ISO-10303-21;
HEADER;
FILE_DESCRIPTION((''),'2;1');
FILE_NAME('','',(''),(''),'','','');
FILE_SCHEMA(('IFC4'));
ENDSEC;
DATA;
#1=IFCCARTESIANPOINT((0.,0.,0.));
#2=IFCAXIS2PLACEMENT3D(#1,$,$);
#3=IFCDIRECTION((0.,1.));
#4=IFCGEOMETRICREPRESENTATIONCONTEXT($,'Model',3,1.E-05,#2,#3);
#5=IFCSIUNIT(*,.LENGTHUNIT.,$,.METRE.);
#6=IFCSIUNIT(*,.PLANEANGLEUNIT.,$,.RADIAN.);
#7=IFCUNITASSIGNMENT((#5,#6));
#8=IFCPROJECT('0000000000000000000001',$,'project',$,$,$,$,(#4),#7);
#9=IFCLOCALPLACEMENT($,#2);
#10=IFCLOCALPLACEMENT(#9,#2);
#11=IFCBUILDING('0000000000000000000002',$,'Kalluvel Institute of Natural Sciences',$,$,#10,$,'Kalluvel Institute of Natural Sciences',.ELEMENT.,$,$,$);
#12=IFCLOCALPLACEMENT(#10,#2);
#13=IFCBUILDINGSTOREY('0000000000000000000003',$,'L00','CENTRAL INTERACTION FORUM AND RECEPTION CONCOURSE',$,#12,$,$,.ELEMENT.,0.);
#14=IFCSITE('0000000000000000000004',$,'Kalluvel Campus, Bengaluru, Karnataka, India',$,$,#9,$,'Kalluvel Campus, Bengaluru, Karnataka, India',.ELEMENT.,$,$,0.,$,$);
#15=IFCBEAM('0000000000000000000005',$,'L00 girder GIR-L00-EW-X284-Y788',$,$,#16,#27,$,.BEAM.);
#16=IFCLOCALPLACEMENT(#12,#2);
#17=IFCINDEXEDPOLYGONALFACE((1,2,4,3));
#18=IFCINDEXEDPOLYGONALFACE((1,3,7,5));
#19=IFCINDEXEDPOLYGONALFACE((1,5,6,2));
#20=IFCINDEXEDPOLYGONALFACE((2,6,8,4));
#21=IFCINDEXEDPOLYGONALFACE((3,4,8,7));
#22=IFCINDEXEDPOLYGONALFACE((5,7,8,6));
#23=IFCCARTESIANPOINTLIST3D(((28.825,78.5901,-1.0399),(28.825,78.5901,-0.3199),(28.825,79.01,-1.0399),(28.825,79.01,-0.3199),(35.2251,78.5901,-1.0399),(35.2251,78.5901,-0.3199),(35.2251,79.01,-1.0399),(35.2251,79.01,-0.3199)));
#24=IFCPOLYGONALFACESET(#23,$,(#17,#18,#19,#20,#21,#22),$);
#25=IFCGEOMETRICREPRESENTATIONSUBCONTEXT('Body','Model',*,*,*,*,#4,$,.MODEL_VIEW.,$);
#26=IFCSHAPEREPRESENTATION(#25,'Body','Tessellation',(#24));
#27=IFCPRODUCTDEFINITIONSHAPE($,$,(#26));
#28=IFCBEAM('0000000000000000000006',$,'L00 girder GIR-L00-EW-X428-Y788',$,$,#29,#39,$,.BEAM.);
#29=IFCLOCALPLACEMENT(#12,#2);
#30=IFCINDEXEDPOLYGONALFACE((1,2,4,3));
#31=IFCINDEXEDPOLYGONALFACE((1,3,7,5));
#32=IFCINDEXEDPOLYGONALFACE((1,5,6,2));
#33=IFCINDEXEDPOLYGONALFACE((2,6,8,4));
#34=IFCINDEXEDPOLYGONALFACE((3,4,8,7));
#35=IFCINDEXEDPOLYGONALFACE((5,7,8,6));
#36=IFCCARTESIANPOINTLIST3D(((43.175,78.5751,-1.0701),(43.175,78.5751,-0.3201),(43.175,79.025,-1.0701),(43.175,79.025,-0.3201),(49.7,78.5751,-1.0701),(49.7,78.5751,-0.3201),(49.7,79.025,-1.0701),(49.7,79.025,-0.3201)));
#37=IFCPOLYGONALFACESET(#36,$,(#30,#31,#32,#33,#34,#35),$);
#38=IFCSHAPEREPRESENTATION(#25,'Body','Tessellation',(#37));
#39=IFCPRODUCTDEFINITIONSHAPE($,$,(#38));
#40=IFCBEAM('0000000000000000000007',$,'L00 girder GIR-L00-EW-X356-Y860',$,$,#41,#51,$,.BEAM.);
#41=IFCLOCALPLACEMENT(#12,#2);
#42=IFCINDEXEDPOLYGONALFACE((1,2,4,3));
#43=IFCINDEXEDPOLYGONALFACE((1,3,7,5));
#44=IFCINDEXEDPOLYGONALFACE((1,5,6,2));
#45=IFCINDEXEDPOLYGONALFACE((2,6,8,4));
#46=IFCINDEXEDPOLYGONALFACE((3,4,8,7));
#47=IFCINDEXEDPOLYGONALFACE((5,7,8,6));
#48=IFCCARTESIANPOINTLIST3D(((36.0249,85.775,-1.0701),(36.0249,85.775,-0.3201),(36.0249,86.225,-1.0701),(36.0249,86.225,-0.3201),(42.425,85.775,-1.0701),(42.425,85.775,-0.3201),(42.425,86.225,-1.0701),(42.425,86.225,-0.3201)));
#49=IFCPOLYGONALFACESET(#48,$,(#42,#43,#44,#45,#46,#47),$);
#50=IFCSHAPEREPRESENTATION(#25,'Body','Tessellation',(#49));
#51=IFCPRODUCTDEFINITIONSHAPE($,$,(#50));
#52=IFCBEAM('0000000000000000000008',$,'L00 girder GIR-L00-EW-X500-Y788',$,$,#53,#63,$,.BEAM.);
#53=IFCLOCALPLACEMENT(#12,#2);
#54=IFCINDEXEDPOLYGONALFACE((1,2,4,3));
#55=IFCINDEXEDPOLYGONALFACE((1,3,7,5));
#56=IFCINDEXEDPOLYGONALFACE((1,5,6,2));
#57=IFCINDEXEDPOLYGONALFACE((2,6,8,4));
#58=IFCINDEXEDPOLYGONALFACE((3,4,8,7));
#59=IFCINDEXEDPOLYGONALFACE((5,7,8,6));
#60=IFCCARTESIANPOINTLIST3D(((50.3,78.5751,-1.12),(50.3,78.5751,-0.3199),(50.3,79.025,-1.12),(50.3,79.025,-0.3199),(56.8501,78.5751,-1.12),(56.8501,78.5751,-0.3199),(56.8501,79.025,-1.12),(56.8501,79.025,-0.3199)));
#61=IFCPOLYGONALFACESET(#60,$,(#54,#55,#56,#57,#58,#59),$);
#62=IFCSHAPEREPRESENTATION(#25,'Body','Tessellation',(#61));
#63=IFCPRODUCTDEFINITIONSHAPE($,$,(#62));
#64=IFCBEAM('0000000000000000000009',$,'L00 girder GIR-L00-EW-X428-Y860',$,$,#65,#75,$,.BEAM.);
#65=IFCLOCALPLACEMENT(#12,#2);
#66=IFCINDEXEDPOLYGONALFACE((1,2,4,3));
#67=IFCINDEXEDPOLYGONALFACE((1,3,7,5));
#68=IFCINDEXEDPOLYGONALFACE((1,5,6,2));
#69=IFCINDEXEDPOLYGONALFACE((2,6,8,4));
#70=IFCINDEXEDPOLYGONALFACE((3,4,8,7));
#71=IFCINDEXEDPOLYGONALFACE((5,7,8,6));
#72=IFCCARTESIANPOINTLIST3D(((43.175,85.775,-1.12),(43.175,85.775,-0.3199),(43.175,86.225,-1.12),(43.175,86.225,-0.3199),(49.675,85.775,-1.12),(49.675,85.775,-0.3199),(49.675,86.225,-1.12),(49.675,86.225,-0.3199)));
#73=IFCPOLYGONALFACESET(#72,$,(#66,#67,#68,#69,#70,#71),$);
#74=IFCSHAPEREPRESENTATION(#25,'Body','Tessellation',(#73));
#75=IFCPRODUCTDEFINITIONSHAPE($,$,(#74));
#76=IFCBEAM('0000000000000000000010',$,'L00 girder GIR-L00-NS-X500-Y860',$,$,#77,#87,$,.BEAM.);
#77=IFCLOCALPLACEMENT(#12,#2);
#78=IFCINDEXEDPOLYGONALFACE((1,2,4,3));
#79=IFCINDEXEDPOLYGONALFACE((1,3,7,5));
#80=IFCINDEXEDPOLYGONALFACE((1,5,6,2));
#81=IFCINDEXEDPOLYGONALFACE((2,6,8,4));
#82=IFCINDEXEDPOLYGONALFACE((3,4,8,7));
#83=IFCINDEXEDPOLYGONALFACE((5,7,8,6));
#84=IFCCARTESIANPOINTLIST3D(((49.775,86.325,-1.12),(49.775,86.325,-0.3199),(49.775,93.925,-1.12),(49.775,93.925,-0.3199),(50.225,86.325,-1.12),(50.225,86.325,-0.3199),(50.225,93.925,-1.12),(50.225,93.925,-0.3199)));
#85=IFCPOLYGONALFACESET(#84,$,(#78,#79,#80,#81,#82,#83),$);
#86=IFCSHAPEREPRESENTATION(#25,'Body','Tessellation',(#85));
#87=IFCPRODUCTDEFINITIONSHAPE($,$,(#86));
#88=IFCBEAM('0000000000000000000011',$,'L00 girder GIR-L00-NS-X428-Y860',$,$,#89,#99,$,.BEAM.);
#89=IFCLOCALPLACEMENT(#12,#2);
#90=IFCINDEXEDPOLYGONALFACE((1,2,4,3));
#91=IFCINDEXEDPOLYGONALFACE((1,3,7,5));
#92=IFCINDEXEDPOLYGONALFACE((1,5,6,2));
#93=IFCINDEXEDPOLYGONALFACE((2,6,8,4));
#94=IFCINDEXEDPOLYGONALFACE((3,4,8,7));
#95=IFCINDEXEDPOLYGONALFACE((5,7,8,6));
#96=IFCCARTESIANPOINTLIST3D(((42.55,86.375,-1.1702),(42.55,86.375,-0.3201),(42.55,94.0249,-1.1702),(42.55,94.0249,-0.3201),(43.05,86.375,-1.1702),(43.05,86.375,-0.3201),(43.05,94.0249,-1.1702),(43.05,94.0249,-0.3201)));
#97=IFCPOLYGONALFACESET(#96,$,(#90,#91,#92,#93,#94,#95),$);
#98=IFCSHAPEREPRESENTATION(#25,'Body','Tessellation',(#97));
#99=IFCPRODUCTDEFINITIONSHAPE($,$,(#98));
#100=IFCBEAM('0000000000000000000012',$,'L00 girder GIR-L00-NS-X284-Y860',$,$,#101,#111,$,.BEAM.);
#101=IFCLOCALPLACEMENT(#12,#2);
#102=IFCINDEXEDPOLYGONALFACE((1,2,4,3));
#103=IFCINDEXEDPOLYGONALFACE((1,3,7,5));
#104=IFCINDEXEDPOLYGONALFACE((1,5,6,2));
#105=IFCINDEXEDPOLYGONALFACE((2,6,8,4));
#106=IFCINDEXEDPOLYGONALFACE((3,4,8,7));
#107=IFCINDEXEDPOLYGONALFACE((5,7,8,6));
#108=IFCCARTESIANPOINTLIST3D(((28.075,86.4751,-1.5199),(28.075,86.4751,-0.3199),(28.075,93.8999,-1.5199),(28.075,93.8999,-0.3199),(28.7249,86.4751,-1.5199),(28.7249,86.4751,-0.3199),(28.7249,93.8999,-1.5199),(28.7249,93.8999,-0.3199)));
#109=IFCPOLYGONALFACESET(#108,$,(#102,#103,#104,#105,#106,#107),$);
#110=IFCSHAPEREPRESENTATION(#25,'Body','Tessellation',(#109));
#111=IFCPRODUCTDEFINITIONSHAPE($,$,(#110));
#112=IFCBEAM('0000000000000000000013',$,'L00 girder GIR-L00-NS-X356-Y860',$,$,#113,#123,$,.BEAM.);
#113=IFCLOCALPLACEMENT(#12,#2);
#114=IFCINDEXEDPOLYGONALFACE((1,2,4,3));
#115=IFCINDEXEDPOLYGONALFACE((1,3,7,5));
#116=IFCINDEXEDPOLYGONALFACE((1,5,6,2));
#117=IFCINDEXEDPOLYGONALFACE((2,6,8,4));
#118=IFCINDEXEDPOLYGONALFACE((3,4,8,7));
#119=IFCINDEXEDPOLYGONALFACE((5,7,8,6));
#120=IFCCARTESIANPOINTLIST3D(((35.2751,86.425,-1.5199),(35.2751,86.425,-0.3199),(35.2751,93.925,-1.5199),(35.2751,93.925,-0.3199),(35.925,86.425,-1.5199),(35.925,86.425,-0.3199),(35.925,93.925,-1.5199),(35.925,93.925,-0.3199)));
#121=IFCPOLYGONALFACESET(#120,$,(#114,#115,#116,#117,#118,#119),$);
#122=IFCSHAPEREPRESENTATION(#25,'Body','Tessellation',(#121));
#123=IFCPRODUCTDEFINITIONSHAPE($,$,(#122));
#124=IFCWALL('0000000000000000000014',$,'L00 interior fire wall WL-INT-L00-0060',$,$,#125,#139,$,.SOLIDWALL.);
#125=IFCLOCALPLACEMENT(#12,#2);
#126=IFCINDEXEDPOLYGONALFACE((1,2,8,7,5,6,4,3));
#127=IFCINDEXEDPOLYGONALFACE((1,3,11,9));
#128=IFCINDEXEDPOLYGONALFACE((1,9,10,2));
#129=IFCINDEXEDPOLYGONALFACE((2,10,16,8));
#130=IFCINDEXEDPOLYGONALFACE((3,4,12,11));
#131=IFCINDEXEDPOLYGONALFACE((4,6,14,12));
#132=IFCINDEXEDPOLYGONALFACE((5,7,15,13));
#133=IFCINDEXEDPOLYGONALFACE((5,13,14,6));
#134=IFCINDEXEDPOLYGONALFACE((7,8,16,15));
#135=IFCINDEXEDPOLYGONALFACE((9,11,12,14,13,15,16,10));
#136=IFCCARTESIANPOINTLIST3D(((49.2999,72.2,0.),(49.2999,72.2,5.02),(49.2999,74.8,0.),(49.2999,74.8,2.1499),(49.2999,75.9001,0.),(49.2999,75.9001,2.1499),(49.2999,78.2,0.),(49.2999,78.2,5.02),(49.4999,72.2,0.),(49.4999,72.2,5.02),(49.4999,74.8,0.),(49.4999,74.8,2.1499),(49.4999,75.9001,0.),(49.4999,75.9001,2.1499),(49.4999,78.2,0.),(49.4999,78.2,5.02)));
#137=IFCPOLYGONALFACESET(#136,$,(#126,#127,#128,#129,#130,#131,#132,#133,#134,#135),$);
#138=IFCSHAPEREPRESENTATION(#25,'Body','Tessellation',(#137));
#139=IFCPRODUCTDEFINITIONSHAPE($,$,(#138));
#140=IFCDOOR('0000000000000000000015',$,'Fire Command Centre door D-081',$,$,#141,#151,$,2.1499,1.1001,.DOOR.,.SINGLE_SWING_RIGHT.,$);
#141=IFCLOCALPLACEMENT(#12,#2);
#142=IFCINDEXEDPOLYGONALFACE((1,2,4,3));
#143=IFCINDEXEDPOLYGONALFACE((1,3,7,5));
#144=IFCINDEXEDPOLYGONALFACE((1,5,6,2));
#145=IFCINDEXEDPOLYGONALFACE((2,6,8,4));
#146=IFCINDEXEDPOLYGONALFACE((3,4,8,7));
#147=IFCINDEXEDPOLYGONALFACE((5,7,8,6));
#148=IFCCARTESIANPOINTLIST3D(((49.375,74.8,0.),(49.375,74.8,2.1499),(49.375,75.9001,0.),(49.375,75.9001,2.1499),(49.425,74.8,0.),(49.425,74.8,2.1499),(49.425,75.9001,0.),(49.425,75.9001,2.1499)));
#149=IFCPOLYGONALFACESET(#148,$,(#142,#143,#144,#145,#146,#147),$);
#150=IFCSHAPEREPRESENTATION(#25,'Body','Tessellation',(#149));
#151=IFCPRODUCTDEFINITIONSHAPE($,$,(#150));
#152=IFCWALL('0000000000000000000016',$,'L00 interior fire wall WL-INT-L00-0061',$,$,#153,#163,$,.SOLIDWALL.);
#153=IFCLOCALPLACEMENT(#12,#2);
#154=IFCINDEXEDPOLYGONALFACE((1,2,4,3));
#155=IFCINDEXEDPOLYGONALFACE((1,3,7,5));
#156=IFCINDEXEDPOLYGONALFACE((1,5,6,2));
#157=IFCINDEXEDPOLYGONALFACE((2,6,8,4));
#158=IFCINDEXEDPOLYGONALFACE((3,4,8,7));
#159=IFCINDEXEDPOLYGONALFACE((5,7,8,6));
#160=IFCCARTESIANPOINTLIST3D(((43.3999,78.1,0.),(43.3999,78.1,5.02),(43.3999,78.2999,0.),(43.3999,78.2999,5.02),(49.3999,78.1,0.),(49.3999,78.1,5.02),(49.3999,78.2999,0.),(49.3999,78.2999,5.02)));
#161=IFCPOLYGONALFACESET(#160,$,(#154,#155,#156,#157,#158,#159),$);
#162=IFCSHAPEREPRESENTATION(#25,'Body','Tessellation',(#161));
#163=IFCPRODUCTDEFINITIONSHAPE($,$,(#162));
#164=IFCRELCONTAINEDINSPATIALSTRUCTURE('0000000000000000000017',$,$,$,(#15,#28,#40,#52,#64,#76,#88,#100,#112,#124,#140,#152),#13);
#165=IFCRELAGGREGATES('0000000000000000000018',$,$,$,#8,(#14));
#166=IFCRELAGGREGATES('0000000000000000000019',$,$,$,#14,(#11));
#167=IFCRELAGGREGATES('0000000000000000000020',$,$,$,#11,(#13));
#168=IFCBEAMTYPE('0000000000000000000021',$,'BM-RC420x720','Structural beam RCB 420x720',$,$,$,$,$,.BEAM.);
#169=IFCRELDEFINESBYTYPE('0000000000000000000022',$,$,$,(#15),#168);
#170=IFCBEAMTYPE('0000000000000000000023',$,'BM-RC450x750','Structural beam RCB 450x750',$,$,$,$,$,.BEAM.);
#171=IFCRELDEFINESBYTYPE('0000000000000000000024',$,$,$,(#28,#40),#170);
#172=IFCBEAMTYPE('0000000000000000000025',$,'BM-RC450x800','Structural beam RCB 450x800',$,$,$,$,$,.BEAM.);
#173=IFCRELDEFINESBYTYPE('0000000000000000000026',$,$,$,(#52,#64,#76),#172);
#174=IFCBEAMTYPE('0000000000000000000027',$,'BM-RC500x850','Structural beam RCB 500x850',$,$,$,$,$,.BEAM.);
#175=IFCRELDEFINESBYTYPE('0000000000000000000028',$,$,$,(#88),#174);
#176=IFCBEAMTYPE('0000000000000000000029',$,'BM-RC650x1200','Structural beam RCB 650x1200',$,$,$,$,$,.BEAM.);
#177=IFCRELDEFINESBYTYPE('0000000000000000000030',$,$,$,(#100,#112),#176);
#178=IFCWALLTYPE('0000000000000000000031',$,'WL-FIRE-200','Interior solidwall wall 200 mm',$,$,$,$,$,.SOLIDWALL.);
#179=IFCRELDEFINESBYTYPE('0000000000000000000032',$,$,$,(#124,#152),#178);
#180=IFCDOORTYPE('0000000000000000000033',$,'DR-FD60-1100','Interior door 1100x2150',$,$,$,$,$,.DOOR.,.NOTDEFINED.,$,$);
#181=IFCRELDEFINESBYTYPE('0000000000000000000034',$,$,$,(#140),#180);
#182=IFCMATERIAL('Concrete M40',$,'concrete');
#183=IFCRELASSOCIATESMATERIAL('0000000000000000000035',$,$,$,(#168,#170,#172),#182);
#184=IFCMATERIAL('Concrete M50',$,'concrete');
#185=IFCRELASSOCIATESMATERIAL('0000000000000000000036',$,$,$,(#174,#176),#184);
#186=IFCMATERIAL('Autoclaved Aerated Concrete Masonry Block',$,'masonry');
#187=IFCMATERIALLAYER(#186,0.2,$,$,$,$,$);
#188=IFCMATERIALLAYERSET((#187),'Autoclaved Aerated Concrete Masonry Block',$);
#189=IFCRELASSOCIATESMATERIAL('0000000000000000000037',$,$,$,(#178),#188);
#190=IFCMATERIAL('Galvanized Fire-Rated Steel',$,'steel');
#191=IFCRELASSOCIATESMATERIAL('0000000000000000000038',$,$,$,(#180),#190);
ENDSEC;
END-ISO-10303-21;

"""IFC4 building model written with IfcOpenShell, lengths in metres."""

from ifc_helpers import new_model, si_unit, direction, frame, frame_2d, origin, origin_2d, place, context, subcontext, project, spatial, rectangle, extrude, material, layer, layer_set, material_profile, profile_set, type_object, element, fill, save


model = new_model("IFC4")

# Units and contexts
model_context = context("Model", 3, precision=1e-05, world=origin(), true_north=direction((0.0, 1.0)))
body_context = subcontext(model_context, "Body", "Model", "MODEL_VIEW")
ifc_project = project(units=[si_unit("LENGTHUNIT", "METRE"), si_unit("PLANEANGLEUNIT", "RADIAN")], contexts=[model_context])

# Site, building, storey
site_placement = place(None, origin())
site = spatial("IfcSite", under=ifc_project, at=site_placement, Name="Kalluvel Campus, Bengaluru, Karnataka, India", LongName="Kalluvel Campus, Bengaluru, Karnataka, India", CompositionType="ELEMENT", RefElevation=0.0)
building_placement = place(site_placement, origin())
building = spatial("IfcBuilding", under=site, at=building_placement, Name="Kalluvel Institute of Natural Sciences", LongName="Kalluvel Institute of Natural Sciences", CompositionType="ELEMENT")
storey_placement = place(building_placement, origin())
storey = spatial("IfcBuildingStorey", under=building, at=storey_placement, Name="L00", Description="CENTRAL INTERACTION FORUM AND RECEPTION CONCOURSE", CompositionType="ELEMENT", Elevation=0.0)

# Shared definitions
ifc_material_1 = material(Name="Concrete M50", Category="concrete")

# Beams
ifc_material_2 = material(Name="Concrete M40", Category="concrete")
ifc_material_profile_1 = material_profile(ifc_material_2, rectangle(XDim=0.4199, YDim=0.72, at=origin_2d()), Name="RCB 420x720")
ifc_profile_set_1 = profile_set([ifc_material_profile_1], Name="Concrete M40")
beam_type_1 = type_object("IfcBeamType", Name="BM-RC420x720", Description="Structural beam RCB 420x720", PredefinedType="BEAM", material=ifc_profile_set_1)
beam_1_placement = place(storey_placement, frame((28.825, 78.8, -0.6799), z_axis=(1.0, 0.0, 0.0), x_axis=(0.0, 1.0, 0.0)))
element("IfcBeam", 1, at=beam_1_placement, inside=storey, type_object=beam_type_1, Name="L00 girder GIR-L00-EW-X284-Y788", PredefinedType="BEAM", context=body_context, shape_type="SweptSolid", body=[
    extrude(rectangle(XDim=0.4199, YDim=0.72, at=origin_2d()), origin(), (0.0, 0.0, 1.0), 6.4001),
])
ifc_material_profile_2 = material_profile(ifc_material_2, rectangle(XDim=0.45, YDim=0.75, at=origin_2d()), Name="RCB 450x750")
ifc_profile_set_2 = profile_set([ifc_material_profile_2], Name="Concrete M40")
beam_type_2 = type_object("IfcBeamType", Name="BM-RC450x750", Description="Structural beam RCB 450x750", PredefinedType="BEAM", material=ifc_profile_set_2)
beam_2_placement = place(storey_placement, frame((43.175, 78.8, -0.6951), z_axis=(1.0, 0.0, 0.0), x_axis=(0.0, 1.0, 0.0)))
element("IfcBeam", 2, at=beam_2_placement, inside=storey, type_object=beam_type_2, Name="L00 girder GIR-L00-EW-X428-Y788", PredefinedType="BEAM", context=body_context, shape_type="SweptSolid", body=[
    extrude(rectangle(XDim=0.45, YDim=0.75, at=origin_2d()), origin(), (0.0, 0.0, 1.0), 6.5249),
])
beam_3_placement = place(storey_placement, frame((36.0249, 86.0, -0.6951), z_axis=(1.0, 0.0, 0.0), x_axis=(0.0, 1.0, 0.0)))
element("IfcBeam", 3, at=beam_3_placement, inside=storey, type_object=beam_type_2, Name="L00 girder GIR-L00-EW-X356-Y860", PredefinedType="BEAM", context=body_context, shape_type="SweptSolid", body=[
    extrude(rectangle(XDim=0.45, YDim=0.75, at=origin_2d()), origin(), (0.0, 0.0, 1.0), 6.4001),
])
ifc_material_profile_3 = material_profile(ifc_material_2, rectangle(XDim=0.45, YDim=0.8, at=origin_2d()), Name="RCB 450x800")
ifc_profile_set_3 = profile_set([ifc_material_profile_3], Name="Concrete M40")
beam_type_3 = type_object("IfcBeamType", Name="BM-RC450x800", Description="Structural beam RCB 450x800", PredefinedType="BEAM", material=ifc_profile_set_3)
beam_4_placement = place(storey_placement, frame((50.3, 78.8, -0.72), z_axis=(1.0, 0.0, 0.0), x_axis=(0.0, 1.0, 0.0)))
element("IfcBeam", 4, at=beam_4_placement, inside=storey, type_object=beam_type_3, Name="L00 girder GIR-L00-EW-X500-Y788", PredefinedType="BEAM", context=body_context, shape_type="SweptSolid", body=[
    extrude(rectangle(XDim=0.45, YDim=0.8, at=origin_2d()), origin(), (0.0, 0.0, 1.0), 6.55),
])
beam_5_placement = place(storey_placement, frame((43.175, 86.0, -0.72), z_axis=(1.0, 0.0, 0.0), x_axis=(0.0, 1.0, 0.0)))
element("IfcBeam", 5, at=beam_5_placement, inside=storey, type_object=beam_type_3, Name="L00 girder GIR-L00-EW-X428-Y860", PredefinedType="BEAM", context=body_context, shape_type="SweptSolid", body=[
    extrude(rectangle(XDim=0.45, YDim=0.8, at=origin_2d()), origin(), (0.0, 0.0, 1.0), 6.5),
])
beam_6_placement = place(storey_placement, frame((50.0, 86.325, -0.72), z_axis=(0.0, 1.0, 0.0), x_axis=(-1.0, 0.0, 0.0)))
element("IfcBeam", 6, at=beam_6_placement, inside=storey, type_object=beam_type_3, Name="L00 girder GIR-L00-NS-X500-Y860", PredefinedType="BEAM", context=body_context, shape_type="SweptSolid", body=[
    extrude(rectangle(XDim=0.45, YDim=0.8, at=origin_2d()), origin(), (0.0, 0.0, 1.0), 7.6001),
])
ifc_material_profile_4 = material_profile(ifc_material_1, rectangle(XDim=0.5, YDim=0.8501, at=origin_2d()), Name="RCB 500x850")
ifc_profile_set_4 = profile_set([ifc_material_profile_4], Name="Concrete M50")
beam_type_4 = type_object("IfcBeamType", Name="BM-RC500x850", Description="Structural beam RCB 500x850", PredefinedType="BEAM", material=ifc_profile_set_4)
beam_7_placement = place(storey_placement, frame((42.8, 86.375, -0.7451), z_axis=(0.0, 1.0, 0.0), x_axis=(-1.0, 0.0, 0.0)))
element("IfcBeam", 7, at=beam_7_placement, inside=storey, type_object=beam_type_4, Name="L00 girder GIR-L00-NS-X428-Y860", PredefinedType="BEAM", context=body_context, shape_type="SweptSolid", body=[
    extrude(rectangle(XDim=0.5, YDim=0.8501, at=origin_2d()), origin(), (0.0, 0.0, 1.0), 7.6499),
])
ifc_material_profile_5 = material_profile(ifc_material_1, rectangle(XDim=0.6499, YDim=1.2, at=origin_2d()), Name="RCB 650x1200")
ifc_profile_set_5 = profile_set([ifc_material_profile_5], Name="Concrete M50")
beam_type_5 = type_object("IfcBeamType", Name="BM-RC650x1200", Description="Structural beam RCB 650x1200", PredefinedType="BEAM", material=ifc_profile_set_5)
beam_8_placement = place(storey_placement, frame((28.3999, 86.4751, -0.9199), z_axis=(0.0, 1.0, 0.0), x_axis=(-1.0, 0.0, 0.0)))
element("IfcBeam", 8, at=beam_8_placement, inside=storey, type_object=beam_type_5, Name="L00 girder GIR-L00-NS-X284-Y860", PredefinedType="BEAM", context=body_context, shape_type="SweptSolid", body=[
    extrude(rectangle(XDim=0.6499, YDim=1.2, at=origin_2d()), origin(), (0.0, 0.0, 1.0), 7.4248),
])
beam_9_placement = place(storey_placement, frame((35.6001, 86.425, -0.9199), z_axis=(0.0, 1.0, 0.0), x_axis=(-1.0, 0.0, 0.0)))
element("IfcBeam", 9, at=beam_9_placement, inside=storey, type_object=beam_type_5, Name="L00 girder GIR-L00-NS-X356-Y860", PredefinedType="BEAM", context=body_context, shape_type="SweptSolid", body=[
    extrude(rectangle(XDim=0.6499, YDim=1.2, at=origin_2d()), origin(), (0.0, 0.0, 1.0), 7.5),
])

# Wall, opening, door
ifc_material_3 = material(Name="Autoclaved Aerated Concrete Masonry Block", Category="masonry")
ifc_layer = layer(ifc_material_3, 0.2)
ifc_layer_set = layer_set([ifc_layer], Name="Autoclaved Aerated Concrete Masonry Block")
wall_type = type_object("IfcWallType", Name="WL-FIRE-200", Description="Interior solidwall wall 200 mm", PredefinedType="SOLIDWALL", material=ifc_layer_set)
wall_1_placement = place(storey_placement, frame((49.3999, 72.2, 0.0), z_axis=(0.0, 0.0, 1.0), x_axis=(0.0, 1.0, 0.0)))
wall_1 = element("IfcWall", 10, at=wall_1_placement, inside=storey, type_object=wall_type, Name="L00 interior fire wall WL-INT-L00-0060", PredefinedType="SOLIDWALL", context=body_context, shape_type="SweptSolid", body=[
    extrude(rectangle(XDim=6.0, YDim=0.2, at=frame_2d((3.0, 0.0))), origin(), (0.0, 0.0, 1.0), 5.02),
])
opening_placement = place(wall_1_placement, frame((2.6001, 0.0, 0.0)))
opening = element("IfcOpeningElement", 11, at=opening_placement, cuts=wall_1, PredefinedType="OPENING", context=body_context, shape_type="SweptSolid", body=[
    extrude(rectangle(XDim=1.1001, YDim=2.1499, at=frame_2d((0.55, 1.075))), frame((0.0, 0.1099, 0.0), z_axis=(0.0, -1.0, 0.0), x_axis=(1.0, 0.0, 0.0)), (0.0, 0.0, 1.0), 0.22),
])
ifc_material_4 = material(Name="Galvanized Fire-Rated Steel", Category="steel")
door_type = type_object("IfcDoorType", Name="DR-FD60-1100", Description="Interior door 1100x2150", OperationType="NOTDEFINED", PredefinedType="DOOR", material=ifc_material_4)
door_placement = place(opening_placement, origin())
door = element("IfcDoor", 12, at=door_placement, inside=storey, type_object=door_type, Name="Fire Command Centre door D-081", OperationType="SINGLE_SWING_RIGHT", OverallHeight=2.1499, OverallWidth=1.1001, PredefinedType="DOOR", context=body_context, shape_type="SweptSolid", body=[
    extrude(rectangle(XDim=1.1001, YDim=2.1499, at=frame_2d((0.55, 1.075))), frame((0.0, 0.0249, 0.0), z_axis=(0.0, -1.0, 0.0), x_axis=(1.0, 0.0, 0.0)), (0.0, 0.0, 1.0), 0.05),
])
fill(opening, door)

# Wall
wall_2_placement = place(storey_placement, frame((43.3999, 78.2, 0.0), z_axis=(0.0, 0.0, 1.0), x_axis=(1.0, 0.0, 0.0)))
element("IfcWall", 13, at=wall_2_placement, inside=storey, type_object=wall_type, Name="L00 interior fire wall WL-INT-L00-0061", PredefinedType="SOLIDWALL", context=body_context, shape_type="SweptSolid", body=[
    extrude(rectangle(XDim=6.0, YDim=0.2, at=frame_2d((3.0, 0.0))), origin(), (0.0, 0.0, 1.0), 5.02),
])

save(model, "model.ifc")
